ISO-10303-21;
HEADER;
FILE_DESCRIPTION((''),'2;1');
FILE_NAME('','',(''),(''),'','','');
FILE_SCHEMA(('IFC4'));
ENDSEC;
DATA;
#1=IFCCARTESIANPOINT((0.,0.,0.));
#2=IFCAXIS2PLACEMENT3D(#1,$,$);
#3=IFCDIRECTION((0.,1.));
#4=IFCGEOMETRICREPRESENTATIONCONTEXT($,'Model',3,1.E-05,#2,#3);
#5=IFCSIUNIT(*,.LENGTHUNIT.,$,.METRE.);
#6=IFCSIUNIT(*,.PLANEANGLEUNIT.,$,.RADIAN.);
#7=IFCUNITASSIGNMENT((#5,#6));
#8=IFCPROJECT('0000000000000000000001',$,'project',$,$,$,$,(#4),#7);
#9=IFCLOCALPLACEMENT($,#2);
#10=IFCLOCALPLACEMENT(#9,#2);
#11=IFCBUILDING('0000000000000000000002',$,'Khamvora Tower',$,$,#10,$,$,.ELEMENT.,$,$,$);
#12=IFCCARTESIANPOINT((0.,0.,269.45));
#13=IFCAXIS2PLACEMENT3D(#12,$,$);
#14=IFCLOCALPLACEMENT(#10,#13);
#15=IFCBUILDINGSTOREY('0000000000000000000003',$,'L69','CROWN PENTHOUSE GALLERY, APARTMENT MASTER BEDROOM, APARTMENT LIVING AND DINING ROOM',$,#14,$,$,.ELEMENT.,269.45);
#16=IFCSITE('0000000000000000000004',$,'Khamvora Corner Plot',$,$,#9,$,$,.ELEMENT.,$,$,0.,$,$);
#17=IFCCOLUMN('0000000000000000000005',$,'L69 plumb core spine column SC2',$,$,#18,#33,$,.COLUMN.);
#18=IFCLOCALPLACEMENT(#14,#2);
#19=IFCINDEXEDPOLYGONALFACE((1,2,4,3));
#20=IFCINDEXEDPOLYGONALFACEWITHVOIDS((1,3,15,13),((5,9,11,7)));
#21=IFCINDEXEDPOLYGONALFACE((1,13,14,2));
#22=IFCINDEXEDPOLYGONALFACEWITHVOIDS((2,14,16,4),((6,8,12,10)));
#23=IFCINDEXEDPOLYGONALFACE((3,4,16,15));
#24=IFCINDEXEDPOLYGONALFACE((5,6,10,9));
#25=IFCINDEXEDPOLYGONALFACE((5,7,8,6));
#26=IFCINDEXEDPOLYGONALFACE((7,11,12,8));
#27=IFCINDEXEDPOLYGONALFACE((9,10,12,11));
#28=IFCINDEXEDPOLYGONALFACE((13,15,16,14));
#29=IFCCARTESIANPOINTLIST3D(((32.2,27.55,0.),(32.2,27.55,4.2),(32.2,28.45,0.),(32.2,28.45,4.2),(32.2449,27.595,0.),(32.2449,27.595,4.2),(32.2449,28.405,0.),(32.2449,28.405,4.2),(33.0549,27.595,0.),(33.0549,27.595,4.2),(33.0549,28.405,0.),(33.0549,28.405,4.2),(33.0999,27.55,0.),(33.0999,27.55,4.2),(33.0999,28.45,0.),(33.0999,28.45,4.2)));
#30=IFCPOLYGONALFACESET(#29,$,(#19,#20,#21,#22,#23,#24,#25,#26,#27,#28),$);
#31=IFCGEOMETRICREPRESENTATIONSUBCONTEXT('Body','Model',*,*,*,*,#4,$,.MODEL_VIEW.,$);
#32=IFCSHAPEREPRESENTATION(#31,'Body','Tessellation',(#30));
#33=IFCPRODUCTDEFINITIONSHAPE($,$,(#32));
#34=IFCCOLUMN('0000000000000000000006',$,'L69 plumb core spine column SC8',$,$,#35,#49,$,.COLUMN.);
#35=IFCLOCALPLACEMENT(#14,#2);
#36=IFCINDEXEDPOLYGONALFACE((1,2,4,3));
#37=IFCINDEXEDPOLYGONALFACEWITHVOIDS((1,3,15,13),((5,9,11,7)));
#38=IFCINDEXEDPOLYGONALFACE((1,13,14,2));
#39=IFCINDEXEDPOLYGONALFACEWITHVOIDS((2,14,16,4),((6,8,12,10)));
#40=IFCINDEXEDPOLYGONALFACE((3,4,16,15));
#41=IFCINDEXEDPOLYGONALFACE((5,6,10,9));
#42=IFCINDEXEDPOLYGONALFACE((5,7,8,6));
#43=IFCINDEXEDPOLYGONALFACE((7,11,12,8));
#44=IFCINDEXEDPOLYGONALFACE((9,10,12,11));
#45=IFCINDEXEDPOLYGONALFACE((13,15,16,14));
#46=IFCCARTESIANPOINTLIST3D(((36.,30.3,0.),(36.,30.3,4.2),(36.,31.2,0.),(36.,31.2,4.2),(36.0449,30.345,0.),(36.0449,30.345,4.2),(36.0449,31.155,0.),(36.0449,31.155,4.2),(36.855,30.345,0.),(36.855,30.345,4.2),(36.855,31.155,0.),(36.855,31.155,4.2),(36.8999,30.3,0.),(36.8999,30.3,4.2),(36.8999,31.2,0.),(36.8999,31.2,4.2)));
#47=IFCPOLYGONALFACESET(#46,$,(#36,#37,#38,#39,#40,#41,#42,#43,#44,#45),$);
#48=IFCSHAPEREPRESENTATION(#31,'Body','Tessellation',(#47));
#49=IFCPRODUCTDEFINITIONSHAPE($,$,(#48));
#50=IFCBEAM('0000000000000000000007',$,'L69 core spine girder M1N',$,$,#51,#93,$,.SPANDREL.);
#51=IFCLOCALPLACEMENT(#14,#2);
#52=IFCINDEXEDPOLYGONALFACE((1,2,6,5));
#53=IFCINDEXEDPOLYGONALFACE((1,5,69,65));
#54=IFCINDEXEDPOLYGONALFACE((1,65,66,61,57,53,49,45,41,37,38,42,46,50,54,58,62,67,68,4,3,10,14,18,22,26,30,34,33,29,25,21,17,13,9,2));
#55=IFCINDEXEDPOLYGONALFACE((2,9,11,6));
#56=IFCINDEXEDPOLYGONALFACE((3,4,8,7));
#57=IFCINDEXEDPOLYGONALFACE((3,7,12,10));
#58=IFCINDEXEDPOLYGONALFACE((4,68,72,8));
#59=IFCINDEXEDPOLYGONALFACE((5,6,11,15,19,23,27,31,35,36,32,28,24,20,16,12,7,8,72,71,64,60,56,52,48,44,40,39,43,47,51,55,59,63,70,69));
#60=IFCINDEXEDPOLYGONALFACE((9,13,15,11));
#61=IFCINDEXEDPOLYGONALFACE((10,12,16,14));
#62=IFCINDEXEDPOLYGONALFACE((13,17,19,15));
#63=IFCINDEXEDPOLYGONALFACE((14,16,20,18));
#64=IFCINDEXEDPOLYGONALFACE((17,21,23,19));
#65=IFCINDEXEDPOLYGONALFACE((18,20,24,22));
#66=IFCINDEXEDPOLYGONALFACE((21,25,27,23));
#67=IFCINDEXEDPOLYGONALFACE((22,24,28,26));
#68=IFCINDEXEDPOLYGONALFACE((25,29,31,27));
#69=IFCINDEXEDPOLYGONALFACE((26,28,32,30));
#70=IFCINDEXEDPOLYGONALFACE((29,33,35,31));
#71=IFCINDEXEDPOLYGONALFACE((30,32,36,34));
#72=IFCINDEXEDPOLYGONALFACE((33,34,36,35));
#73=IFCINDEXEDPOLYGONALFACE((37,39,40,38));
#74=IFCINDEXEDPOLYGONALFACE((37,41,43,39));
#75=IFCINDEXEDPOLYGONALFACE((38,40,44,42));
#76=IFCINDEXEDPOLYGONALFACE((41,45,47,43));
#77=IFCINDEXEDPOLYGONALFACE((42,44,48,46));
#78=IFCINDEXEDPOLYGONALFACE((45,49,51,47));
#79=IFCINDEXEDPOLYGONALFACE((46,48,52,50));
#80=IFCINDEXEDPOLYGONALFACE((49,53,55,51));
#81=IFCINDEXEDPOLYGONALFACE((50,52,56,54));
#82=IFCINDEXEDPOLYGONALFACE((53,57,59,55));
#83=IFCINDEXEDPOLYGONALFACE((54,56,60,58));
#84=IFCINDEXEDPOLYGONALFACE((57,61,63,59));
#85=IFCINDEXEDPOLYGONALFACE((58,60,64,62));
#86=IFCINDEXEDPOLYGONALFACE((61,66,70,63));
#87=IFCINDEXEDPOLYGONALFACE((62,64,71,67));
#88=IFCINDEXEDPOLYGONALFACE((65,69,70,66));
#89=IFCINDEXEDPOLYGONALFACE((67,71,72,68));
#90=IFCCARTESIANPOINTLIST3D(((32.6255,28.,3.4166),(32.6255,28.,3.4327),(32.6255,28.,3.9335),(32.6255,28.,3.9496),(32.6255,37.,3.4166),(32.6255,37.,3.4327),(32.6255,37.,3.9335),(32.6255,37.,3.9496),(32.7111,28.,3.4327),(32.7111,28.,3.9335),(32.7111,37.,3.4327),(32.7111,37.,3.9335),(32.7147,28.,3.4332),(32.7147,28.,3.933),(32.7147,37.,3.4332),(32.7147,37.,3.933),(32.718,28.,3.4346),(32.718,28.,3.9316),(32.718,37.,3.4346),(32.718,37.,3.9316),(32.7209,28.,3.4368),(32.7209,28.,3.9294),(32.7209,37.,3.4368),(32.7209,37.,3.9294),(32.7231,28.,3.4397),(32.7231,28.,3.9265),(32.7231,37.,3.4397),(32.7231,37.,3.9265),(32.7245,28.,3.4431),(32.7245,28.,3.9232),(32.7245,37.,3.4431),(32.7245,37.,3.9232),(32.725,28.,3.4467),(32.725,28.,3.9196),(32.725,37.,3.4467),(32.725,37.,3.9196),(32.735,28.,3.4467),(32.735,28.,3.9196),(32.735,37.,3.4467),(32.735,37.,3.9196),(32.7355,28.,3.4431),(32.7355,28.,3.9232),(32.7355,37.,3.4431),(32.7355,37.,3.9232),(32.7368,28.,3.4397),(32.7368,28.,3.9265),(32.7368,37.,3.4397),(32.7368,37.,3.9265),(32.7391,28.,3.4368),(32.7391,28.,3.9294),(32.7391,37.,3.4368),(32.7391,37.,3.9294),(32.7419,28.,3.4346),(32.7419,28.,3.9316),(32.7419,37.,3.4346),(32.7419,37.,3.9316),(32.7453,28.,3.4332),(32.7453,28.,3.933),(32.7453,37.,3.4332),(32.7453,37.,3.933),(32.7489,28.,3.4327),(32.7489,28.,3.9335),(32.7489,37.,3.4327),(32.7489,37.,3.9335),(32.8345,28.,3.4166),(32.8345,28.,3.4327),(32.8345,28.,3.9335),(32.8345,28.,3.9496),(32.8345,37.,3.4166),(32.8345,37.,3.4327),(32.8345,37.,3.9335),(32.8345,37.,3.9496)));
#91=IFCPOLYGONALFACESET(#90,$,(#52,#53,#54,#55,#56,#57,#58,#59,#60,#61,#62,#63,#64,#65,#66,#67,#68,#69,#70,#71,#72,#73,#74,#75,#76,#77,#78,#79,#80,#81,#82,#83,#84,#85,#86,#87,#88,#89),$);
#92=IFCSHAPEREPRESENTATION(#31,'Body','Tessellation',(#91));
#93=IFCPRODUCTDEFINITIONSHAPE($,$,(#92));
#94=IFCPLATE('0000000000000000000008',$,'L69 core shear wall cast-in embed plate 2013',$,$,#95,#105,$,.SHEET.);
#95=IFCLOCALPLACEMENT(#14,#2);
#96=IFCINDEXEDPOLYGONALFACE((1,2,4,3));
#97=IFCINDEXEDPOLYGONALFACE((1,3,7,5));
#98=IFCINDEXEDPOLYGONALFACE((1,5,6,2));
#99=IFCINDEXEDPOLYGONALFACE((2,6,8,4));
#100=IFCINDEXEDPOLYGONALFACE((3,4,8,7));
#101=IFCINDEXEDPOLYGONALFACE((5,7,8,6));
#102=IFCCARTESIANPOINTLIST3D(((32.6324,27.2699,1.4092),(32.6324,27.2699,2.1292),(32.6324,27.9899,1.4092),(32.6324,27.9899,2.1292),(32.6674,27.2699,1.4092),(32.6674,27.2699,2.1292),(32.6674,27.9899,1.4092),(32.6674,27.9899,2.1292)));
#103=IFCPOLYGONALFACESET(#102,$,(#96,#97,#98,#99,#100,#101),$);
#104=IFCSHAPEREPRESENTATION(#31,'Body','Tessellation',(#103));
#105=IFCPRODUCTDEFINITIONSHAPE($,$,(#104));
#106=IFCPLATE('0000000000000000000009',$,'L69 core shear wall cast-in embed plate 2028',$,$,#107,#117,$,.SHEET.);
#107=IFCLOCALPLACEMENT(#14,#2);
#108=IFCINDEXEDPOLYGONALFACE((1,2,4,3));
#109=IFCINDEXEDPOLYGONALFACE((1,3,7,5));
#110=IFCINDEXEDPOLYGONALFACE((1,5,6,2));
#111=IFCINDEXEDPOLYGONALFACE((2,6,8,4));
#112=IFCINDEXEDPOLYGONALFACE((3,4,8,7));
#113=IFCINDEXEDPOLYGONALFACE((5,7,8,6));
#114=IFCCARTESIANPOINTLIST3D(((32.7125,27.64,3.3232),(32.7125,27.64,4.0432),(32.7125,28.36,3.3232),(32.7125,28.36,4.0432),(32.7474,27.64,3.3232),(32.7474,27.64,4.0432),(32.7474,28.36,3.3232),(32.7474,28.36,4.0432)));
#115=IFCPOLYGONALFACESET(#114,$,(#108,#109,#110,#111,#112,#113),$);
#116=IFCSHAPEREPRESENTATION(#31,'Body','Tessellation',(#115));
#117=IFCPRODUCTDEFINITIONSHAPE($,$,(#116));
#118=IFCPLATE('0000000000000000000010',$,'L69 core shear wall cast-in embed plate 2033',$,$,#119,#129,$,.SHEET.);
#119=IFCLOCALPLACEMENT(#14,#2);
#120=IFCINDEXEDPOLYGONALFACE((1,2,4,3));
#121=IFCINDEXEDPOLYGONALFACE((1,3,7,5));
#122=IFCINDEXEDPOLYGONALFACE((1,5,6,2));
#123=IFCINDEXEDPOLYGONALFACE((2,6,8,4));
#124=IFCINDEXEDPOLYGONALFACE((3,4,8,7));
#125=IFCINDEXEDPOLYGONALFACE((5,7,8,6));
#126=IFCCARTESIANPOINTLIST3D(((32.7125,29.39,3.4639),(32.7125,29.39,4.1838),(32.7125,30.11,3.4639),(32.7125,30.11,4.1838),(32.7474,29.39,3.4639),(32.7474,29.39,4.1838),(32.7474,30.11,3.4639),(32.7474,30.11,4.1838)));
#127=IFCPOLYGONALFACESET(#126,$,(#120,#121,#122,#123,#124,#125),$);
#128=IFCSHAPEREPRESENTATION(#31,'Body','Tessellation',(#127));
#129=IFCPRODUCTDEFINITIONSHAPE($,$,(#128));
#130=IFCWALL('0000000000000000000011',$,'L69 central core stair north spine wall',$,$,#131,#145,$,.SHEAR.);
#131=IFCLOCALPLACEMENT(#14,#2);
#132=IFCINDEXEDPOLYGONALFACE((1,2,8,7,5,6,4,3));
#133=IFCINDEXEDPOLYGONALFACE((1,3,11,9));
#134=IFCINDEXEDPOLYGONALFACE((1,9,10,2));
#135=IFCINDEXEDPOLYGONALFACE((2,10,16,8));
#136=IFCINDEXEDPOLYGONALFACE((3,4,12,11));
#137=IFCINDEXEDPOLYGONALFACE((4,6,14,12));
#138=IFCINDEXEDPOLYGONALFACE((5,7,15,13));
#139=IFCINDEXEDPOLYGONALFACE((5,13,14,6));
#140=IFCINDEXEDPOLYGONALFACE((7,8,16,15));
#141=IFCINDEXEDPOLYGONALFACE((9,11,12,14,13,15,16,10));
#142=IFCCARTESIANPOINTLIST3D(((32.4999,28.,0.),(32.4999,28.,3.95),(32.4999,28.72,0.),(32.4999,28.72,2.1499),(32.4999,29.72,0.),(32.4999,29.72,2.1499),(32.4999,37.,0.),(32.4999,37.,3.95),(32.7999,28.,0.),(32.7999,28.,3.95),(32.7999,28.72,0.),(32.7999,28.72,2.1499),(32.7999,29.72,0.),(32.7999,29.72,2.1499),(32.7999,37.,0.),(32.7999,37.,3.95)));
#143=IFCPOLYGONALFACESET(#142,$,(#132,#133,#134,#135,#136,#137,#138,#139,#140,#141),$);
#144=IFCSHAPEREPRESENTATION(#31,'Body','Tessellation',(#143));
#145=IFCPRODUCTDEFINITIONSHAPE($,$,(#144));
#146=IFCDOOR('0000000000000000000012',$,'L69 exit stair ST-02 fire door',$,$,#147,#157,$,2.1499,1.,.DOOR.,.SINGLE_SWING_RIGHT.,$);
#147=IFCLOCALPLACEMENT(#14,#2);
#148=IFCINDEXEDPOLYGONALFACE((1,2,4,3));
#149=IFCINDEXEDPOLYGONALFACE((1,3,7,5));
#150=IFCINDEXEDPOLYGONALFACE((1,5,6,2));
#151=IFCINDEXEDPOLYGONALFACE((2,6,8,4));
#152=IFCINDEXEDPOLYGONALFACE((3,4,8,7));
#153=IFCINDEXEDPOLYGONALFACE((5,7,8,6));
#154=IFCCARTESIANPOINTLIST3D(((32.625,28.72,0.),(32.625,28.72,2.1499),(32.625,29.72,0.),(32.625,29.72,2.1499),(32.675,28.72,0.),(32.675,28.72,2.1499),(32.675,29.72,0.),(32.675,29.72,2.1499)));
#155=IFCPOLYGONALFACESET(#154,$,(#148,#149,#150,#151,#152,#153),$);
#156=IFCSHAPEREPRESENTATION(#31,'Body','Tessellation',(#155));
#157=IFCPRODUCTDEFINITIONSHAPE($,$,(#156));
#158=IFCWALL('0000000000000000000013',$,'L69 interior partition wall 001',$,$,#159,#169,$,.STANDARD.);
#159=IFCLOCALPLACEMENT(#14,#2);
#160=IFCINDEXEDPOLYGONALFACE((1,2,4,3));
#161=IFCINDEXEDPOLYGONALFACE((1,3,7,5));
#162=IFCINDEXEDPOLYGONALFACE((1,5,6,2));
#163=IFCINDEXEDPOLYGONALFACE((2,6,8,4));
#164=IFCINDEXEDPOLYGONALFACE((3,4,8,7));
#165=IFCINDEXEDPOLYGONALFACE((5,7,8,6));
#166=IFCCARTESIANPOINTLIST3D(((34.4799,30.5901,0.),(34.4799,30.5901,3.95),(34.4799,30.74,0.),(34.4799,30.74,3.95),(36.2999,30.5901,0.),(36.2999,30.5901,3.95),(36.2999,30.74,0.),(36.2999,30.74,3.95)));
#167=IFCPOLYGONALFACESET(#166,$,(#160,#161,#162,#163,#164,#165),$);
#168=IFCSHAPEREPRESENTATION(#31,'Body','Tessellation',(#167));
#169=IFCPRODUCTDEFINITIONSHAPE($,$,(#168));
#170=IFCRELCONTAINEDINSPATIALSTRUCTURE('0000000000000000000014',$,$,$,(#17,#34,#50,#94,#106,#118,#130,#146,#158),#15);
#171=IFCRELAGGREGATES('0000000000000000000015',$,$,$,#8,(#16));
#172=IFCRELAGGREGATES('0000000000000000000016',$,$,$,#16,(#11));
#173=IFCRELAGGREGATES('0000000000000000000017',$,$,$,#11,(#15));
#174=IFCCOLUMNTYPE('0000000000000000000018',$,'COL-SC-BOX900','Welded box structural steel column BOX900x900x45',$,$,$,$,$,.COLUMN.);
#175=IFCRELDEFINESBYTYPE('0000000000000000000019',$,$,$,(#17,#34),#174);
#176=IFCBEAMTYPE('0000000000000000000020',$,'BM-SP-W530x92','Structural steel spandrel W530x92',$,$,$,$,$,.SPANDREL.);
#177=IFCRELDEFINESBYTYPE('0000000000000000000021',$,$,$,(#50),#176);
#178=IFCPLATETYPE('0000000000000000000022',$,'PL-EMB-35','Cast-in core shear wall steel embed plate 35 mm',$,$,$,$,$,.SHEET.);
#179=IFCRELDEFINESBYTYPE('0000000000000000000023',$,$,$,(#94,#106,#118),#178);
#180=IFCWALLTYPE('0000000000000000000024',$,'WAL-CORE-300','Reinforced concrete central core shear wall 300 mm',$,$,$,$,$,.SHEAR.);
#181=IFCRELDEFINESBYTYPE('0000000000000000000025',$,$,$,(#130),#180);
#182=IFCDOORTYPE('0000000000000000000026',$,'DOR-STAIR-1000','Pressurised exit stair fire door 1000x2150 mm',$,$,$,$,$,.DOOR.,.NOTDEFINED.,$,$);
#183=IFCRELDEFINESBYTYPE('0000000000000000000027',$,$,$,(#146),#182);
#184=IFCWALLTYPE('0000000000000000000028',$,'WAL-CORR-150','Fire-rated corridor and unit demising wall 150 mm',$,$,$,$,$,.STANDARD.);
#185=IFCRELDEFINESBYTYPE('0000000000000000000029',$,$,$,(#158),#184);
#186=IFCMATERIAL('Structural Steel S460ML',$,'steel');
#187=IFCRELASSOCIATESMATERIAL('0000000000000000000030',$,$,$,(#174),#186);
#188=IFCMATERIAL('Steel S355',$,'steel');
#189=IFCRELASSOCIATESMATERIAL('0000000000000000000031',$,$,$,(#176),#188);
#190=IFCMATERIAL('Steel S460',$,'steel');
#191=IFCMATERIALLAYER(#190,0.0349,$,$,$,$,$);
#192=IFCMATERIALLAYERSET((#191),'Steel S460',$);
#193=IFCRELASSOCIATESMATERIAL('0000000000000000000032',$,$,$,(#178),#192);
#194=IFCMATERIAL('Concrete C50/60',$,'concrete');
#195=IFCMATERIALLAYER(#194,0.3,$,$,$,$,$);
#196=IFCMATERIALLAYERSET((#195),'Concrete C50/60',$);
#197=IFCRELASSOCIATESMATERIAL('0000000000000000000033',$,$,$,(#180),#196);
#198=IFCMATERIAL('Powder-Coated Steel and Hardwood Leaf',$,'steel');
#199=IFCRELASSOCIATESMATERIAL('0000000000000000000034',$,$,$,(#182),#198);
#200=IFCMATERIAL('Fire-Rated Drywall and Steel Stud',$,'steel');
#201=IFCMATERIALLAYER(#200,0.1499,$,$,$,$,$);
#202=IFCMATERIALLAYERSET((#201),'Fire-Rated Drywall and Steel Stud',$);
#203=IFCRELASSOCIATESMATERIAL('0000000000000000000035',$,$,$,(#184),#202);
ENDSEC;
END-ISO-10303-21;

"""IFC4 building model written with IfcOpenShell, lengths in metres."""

from ifc_helpers import new_model, si_unit, direction, frame, frame_2d, origin, origin_2d, place, context, subcontext, project, spatial, rectangle, hollow_rectangle, i_section, extrude, material, layer, layer_set, material_profile, profile_set, type_object, element, fill, save


model = new_model("IFC4")

# Units and contexts
model_context = context("Model", 3, precision=1e-05, world=origin(), true_north=direction((0.0, 1.0)))
body_context = subcontext(model_context, "Body", "Model", "MODEL_VIEW")
ifc_project = project(units=[si_unit("LENGTHUNIT", "METRE"), si_unit("PLANEANGLEUNIT", "RADIAN")], contexts=[model_context])

# Site, building, storey
site_placement = place(None, origin())
site = spatial("IfcSite", under=ifc_project, at=site_placement, Name="Khamvora Corner Plot", CompositionType="ELEMENT", RefElevation=0.0)
building_placement = place(site_placement, origin())
building = spatial("IfcBuilding", under=site, at=building_placement, Name="Khamvora Tower", CompositionType="ELEMENT")
storey_placement = place(building_placement, frame((0.0, 0.0, 269.45)))
storey = spatial("IfcBuildingStorey", under=building, at=storey_placement, Name="L69", Description="CROWN PENTHOUSE GALLERY, APARTMENT MASTER BEDROOM, APARTMENT LIVING AND DINING ROOM", CompositionType="ELEMENT", Elevation=269.45)

# Columns
ifc_material_1 = material(Name="Structural Steel S460ML", Category="steel")
ifc_material_profile_1 = material_profile(ifc_material_1, hollow_rectangle(XDim=0.8999, YDim=0.8999, WallThickness=0.0449, at=origin_2d()), Name="BOX900x900x45")
ifc_profile_set_1 = profile_set([ifc_material_profile_1], Name="Structural Steel S460ML")
column_type = type_object("IfcColumnType", Name="COL-SC-BOX900", Description="Welded box structural steel column BOX900x900x45", PredefinedType="COLUMN", material=ifc_profile_set_1)
for number, where, z_axis, x_axis, name in (
    (1, (32.6499, 28.0, 0.0), (0.0, 0.0, 1.0), (1.0, 0.0, 0.0), "L69 plumb core spine column SC2"),
    (2, (36.45, 30.75, 0.0), (0.0, 0.0, 1.0), (1.0, 0.0, 0.0), "L69 plumb core spine column SC8"),
):
    element("IfcColumn", number, at=place(storey_placement, frame(where, z_axis=z_axis, x_axis=x_axis)), inside=storey, type_object=column_type, Name=name, PredefinedType="COLUMN", context=body_context, shape_type="SweptSolid", body=[
        extrude(hollow_rectangle(XDim=0.8999, YDim=0.8999, WallThickness=0.0449, at=origin_2d()), origin(), (0.0, 0.0, 1.0), 4.2),
    ])

# Beam
ifc_material_2 = material(Name="Steel S355", Category="steel")
ifc_material_profile_2 = material_profile(ifc_material_2, i_section(OverallWidth=0.209, OverallDepth=0.533, WebThickness=0.01, FlangeThickness=0.0161, FilletRadius=0.0139, at=origin_2d()), Name="W530x92")
ifc_profile_set_2 = profile_set([ifc_material_profile_2], Name="Steel S355")
beam_type = type_object("IfcBeamType", Name="BM-SP-W530x92", Description="Structural steel spandrel W530x92", PredefinedType="SPANDREL", material=ifc_profile_set_2)
beam_placement = place(storey_placement, frame((32.73, 28.0, 3.6831), z_axis=(0.0, 1.0, 0.0), x_axis=(-1.0, 0.0, 0.0)))
element("IfcBeam", 3, at=beam_placement, inside=storey, type_object=beam_type, Name="L69 core spine girder M1N", PredefinedType="SPANDREL", context=body_context, shape_type="SweptSolid", body=[
    extrude(i_section(OverallWidth=0.209, OverallDepth=0.533, WebThickness=0.01, FlangeThickness=0.0161, FilletRadius=0.0139, at=origin_2d()), origin(), (0.0, 0.0, 1.0), 9.0),
])

# Plates
ifc_material_3 = material(Name="Steel S460", Category="steel")
ifc_layer_1 = layer(ifc_material_3, 0.0349)
ifc_layer_set_1 = layer_set([ifc_layer_1], Name="Steel S460")
plate_type = type_object("IfcPlateType", Name="PL-EMB-35", Description="Cast-in core shear wall steel embed plate 35 mm", PredefinedType="SHEET", material=ifc_layer_set_1)
for number, where, z_axis, x_axis, name in (
    (4, (32.6499, 27.6299, 1.4092), (0.0, 0.0, 1.0), (1.0, 0.0, 0.0), "L69 core shear wall cast-in embed plate 2013"),
    (5, (32.73, 28.0, 3.3232), (0.0, 0.0, 1.0), (1.0, 0.0, 0.0), "L69 core shear wall cast-in embed plate 2028"),
    (6, (32.73, 29.75, 3.4639), (0.0, 0.0, 1.0), (1.0, 0.0, 0.0), "L69 core shear wall cast-in embed plate 2033"),
):
    element("IfcPlate", number, at=place(storey_placement, frame(where, z_axis=z_axis, x_axis=x_axis)), inside=storey, type_object=plate_type, Name=name, PredefinedType="SHEET", context=body_context, shape_type="SweptSolid", body=[
        extrude(rectangle(XDim=0.0349, YDim=0.72, at=origin_2d()), origin(), (0.0, 0.0, 1.0), 0.72),
    ])

# Wall, opening, door
ifc_material_4 = material(Name="Concrete C50/60", Category="concrete")
ifc_layer_2 = layer(ifc_material_4, 0.3)
ifc_layer_set_2 = layer_set([ifc_layer_2], Name="Concrete C50/60")
wall_type_1 = type_object("IfcWallType", Name="WAL-CORE-300", Description="Reinforced concrete central core shear wall 300 mm", PredefinedType="SHEAR", material=ifc_layer_set_2)
wall_1_placement = place(storey_placement, frame((32.6499, 28.0, 0.0), z_axis=(0.0, 0.0, 1.0), x_axis=(0.0, 1.0, 0.0)))
wall_1 = element("IfcWall", 7, at=wall_1_placement, inside=storey, type_object=wall_type_1, Name="L69 central core stair north spine wall", PredefinedType="SHEAR", context=body_context, shape_type="SweptSolid", body=[
    extrude(rectangle(XDim=9.0, YDim=0.3, at=frame_2d((4.5, 0.0))), origin(), (0.0, 0.0, 1.0), 3.95),
])
opening_1_placement = place(wall_1_placement, frame((0.72, 0.0, 0.0)))
opening_1 = element("IfcOpeningElement", 8, at=opening_1_placement, cuts=wall_1, PredefinedType="OPENING", context=body_context, shape_type="SweptSolid", body=[
    extrude(rectangle(XDim=1.0, YDim=2.1499, at=frame_2d((0.5, 1.075))), frame((0.0, 0.1599, 0.0), z_axis=(0.0, -1.0, 0.0), x_axis=(1.0, 0.0, 0.0)), (0.0, 0.0, 1.0), 0.3201),
])
ifc_material_5 = material(Name="Powder-Coated Steel and Hardwood Leaf", Category="steel")
door_type_1 = type_object("IfcDoorType", Name="DOR-STAIR-1000", Description="Pressurised exit stair fire door 1000x2150 mm", OperationType="NOTDEFINED", PredefinedType="DOOR", material=ifc_material_5)
door_1_placement = place(opening_1_placement, origin())
door_1 = element("IfcDoor", 9, at=door_1_placement, inside=storey, type_object=door_type_1, Name="L69 exit stair ST-02 fire door", OperationType="SINGLE_SWING_RIGHT", OverallHeight=2.1499, OverallWidth=1.0, PredefinedType="DOOR", context=body_context, shape_type="SweptSolid", body=[
    extrude(rectangle(XDim=1.0, YDim=2.1499, at=frame_2d((0.5, 1.075))), frame((0.0, 0.0249, 0.0), z_axis=(0.0, -1.0, 0.0), x_axis=(1.0, 0.0, 0.0)), (0.0, 0.0, 1.0), 0.05),
])
fill(opening_1, door_1)

# Wall
ifc_material_6 = material(Name="Fire-Rated Drywall and Steel Stud", Category="steel")
ifc_layer_3 = layer(ifc_material_6, 0.1499)
ifc_layer_set_3 = layer_set([ifc_layer_3], Name="Fire-Rated Drywall and Steel Stud")
wall_type_2 = type_object("IfcWallType", Name="WAL-CORR-150", Description="Fire-rated corridor and unit demising wall 150 mm", PredefinedType="STANDARD", material=ifc_layer_set_3)
wall_2_placement = place(storey_placement, frame((36.3, 30.665, 0.0), z_axis=(0.0, 0.0, 1.0), x_axis=(-1.0, 0.0, 0.0)))
element("IfcWall", 10, at=wall_2_placement, inside=storey, type_object=wall_type_2, Name="L69 interior partition wall 001", PredefinedType="STANDARD", context=body_context, shape_type="SweptSolid", body=[
    extrude(rectangle(XDim=1.8201, YDim=0.1499, at=frame_2d((0.9102, 0.0))), origin(), (0.0, 0.0, 1.0), 3.95),
])

save(model, "model.ifc")
